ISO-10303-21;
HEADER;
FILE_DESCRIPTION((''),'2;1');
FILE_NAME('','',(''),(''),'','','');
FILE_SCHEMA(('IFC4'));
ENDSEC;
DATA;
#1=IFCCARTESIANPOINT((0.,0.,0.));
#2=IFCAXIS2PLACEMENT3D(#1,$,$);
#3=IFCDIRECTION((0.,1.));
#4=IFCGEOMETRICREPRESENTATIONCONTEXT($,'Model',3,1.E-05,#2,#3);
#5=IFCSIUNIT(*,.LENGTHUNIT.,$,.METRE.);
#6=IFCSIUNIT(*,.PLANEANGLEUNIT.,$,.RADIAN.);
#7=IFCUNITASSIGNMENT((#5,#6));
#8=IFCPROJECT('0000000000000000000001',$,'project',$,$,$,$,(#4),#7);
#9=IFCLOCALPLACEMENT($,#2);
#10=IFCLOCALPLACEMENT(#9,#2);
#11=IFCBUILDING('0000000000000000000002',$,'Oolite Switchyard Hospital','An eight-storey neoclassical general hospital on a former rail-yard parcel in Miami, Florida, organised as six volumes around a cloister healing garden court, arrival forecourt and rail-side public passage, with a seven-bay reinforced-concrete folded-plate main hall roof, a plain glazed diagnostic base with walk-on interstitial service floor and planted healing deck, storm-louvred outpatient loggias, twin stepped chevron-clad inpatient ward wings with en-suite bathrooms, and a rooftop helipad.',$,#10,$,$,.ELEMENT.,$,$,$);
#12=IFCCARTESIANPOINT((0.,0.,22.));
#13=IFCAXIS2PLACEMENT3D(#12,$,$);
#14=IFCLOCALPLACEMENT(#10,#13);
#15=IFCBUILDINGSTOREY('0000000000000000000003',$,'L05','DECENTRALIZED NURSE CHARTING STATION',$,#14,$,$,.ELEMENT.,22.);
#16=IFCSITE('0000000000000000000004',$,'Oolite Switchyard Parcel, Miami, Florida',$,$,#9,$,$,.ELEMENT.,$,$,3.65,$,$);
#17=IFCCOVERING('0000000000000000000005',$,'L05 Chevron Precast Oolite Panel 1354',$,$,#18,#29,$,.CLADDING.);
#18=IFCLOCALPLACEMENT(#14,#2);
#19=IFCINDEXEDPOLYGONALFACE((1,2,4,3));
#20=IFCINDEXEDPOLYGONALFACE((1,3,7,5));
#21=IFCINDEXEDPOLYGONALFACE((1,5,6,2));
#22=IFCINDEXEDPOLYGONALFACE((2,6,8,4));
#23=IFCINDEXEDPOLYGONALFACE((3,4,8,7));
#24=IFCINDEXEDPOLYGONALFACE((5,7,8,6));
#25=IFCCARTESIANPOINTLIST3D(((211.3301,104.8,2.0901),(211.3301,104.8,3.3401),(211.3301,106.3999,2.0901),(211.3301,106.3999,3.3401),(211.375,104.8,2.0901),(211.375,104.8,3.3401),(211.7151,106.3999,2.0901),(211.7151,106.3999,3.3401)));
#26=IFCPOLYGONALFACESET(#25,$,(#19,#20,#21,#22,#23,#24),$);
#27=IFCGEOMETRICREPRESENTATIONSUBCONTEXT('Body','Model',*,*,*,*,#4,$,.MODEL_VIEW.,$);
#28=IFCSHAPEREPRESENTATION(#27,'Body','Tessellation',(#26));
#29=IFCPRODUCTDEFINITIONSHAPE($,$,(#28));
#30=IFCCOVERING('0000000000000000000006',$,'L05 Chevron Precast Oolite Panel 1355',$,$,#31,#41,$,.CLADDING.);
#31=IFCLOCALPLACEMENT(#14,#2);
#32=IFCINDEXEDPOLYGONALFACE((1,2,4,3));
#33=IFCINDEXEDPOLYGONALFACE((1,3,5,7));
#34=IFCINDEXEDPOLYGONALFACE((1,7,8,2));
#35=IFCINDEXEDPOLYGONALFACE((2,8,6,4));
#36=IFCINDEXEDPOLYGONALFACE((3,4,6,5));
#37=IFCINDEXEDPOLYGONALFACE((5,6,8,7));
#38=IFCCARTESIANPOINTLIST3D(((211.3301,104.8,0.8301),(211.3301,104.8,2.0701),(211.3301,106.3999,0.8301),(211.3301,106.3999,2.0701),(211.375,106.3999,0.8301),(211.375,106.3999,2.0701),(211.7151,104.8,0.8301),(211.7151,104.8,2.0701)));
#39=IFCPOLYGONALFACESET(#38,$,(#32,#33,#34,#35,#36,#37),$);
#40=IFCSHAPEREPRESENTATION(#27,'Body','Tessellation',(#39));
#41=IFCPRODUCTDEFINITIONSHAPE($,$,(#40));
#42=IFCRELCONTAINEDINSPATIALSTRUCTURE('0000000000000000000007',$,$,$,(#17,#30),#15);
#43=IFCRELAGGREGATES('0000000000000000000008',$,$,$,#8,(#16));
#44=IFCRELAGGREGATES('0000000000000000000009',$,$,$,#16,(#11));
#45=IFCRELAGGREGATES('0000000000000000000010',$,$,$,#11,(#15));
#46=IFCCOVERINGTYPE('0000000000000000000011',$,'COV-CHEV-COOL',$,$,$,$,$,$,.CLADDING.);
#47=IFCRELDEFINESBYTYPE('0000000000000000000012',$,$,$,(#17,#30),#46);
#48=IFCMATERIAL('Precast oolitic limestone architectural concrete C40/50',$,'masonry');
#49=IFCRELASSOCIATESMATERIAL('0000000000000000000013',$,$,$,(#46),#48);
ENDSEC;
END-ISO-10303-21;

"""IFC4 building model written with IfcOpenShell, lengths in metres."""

from ifc_helpers import new_model, si_unit, direction, frame, origin, place, context, subcontext, project, spatial, polyline, outline, extrude, material, type_object, element, save


model = new_model("IFC4")

# Units and contexts
model_context = context("Model", 3, precision=1e-05, world=origin(), true_north=direction((0.0, 1.0)))
body_context = subcontext(model_context, "Body", "Model", "MODEL_VIEW")
ifc_project = project(units=[si_unit("LENGTHUNIT", "METRE"), si_unit("PLANEANGLEUNIT", "RADIAN")], contexts=[model_context])

# Site, building, storey
site_placement = place(None, origin())
site = spatial("IfcSite", under=ifc_project, at=site_placement, Name="Oolite Switchyard Parcel, Miami, Florida", CompositionType="ELEMENT", RefElevation=3.65)
building_placement = place(site_placement, origin())
building = spatial("IfcBuilding", under=site, at=building_placement, Name="Oolite Switchyard Hospital", Description="An eight-storey neoclassical general hospital on a former rail-yard parcel in Miami, Florida, organised as six volumes around a cloister healing garden court, arrival forecourt and rail-side public passage, with a seven-bay reinforced-concrete folded-plate main hall roof, a plain glazed diagnostic base with walk-on interstitial service floor and planted healing deck, storm-louvred outpatient loggias, twin stepped chevron-clad inpatient ward wings with en-suite bathrooms, and a rooftop helipad.", CompositionType="ELEMENT")
storey_placement = place(building_placement, frame((0.0, 0.0, 22.0)))
storey = spatial("IfcBuildingStorey", under=building, at=storey_placement, Name="L05", Description="DECENTRALIZED NURSE CHARTING STATION", CompositionType="ELEMENT", Elevation=22.0)

# Coverings
ifc_material = material(Name="Precast oolitic limestone architectural concrete C40/50", Category="masonry")
covering_type = type_object("IfcCoveringType", Name="COV-CHEV-COOL", PredefinedType="CLADDING", material=ifc_material)
covering_1_placement = place(storey_placement, frame((211.3301, 106.3999, 2.0901), z_axis=(0.0, 0.0, 1.0), x_axis=(0.0, -1.0, 0.0)))
element("IfcCovering", 1, at=covering_1_placement, inside=storey, type_object=covering_type, Name="L05 Chevron Precast Oolite Panel 1354", PredefinedType="CLADDING", context=body_context, shape_type="SweptSolid", body=[
    extrude(outline(polyline([(0.0, 0.0), (1.5999, 0.0), (1.5999, 0.0449), (0.0, 0.385), (0.0, 0.0)])), origin(), (0.0, 0.0, 1.0), 1.25),
])
covering_2_placement = place(storey_placement, frame((211.3301, 106.3999, 0.8301), z_axis=(0.0, 0.0, 1.0), x_axis=(0.0, -1.0, 0.0)))
element("IfcCovering", 2, at=covering_2_placement, inside=storey, type_object=covering_type, Name="L05 Chevron Precast Oolite Panel 1355", PredefinedType="CLADDING", context=body_context, shape_type="SweptSolid", body=[
    extrude(outline(polyline([(0.0, 0.0), (1.5999, 0.0), (1.5999, 0.385), (0.0, 0.0449), (0.0, 0.0)])), origin(), (0.0, 0.0, 1.0), 1.24),
])

save(model, "model.ifc")
